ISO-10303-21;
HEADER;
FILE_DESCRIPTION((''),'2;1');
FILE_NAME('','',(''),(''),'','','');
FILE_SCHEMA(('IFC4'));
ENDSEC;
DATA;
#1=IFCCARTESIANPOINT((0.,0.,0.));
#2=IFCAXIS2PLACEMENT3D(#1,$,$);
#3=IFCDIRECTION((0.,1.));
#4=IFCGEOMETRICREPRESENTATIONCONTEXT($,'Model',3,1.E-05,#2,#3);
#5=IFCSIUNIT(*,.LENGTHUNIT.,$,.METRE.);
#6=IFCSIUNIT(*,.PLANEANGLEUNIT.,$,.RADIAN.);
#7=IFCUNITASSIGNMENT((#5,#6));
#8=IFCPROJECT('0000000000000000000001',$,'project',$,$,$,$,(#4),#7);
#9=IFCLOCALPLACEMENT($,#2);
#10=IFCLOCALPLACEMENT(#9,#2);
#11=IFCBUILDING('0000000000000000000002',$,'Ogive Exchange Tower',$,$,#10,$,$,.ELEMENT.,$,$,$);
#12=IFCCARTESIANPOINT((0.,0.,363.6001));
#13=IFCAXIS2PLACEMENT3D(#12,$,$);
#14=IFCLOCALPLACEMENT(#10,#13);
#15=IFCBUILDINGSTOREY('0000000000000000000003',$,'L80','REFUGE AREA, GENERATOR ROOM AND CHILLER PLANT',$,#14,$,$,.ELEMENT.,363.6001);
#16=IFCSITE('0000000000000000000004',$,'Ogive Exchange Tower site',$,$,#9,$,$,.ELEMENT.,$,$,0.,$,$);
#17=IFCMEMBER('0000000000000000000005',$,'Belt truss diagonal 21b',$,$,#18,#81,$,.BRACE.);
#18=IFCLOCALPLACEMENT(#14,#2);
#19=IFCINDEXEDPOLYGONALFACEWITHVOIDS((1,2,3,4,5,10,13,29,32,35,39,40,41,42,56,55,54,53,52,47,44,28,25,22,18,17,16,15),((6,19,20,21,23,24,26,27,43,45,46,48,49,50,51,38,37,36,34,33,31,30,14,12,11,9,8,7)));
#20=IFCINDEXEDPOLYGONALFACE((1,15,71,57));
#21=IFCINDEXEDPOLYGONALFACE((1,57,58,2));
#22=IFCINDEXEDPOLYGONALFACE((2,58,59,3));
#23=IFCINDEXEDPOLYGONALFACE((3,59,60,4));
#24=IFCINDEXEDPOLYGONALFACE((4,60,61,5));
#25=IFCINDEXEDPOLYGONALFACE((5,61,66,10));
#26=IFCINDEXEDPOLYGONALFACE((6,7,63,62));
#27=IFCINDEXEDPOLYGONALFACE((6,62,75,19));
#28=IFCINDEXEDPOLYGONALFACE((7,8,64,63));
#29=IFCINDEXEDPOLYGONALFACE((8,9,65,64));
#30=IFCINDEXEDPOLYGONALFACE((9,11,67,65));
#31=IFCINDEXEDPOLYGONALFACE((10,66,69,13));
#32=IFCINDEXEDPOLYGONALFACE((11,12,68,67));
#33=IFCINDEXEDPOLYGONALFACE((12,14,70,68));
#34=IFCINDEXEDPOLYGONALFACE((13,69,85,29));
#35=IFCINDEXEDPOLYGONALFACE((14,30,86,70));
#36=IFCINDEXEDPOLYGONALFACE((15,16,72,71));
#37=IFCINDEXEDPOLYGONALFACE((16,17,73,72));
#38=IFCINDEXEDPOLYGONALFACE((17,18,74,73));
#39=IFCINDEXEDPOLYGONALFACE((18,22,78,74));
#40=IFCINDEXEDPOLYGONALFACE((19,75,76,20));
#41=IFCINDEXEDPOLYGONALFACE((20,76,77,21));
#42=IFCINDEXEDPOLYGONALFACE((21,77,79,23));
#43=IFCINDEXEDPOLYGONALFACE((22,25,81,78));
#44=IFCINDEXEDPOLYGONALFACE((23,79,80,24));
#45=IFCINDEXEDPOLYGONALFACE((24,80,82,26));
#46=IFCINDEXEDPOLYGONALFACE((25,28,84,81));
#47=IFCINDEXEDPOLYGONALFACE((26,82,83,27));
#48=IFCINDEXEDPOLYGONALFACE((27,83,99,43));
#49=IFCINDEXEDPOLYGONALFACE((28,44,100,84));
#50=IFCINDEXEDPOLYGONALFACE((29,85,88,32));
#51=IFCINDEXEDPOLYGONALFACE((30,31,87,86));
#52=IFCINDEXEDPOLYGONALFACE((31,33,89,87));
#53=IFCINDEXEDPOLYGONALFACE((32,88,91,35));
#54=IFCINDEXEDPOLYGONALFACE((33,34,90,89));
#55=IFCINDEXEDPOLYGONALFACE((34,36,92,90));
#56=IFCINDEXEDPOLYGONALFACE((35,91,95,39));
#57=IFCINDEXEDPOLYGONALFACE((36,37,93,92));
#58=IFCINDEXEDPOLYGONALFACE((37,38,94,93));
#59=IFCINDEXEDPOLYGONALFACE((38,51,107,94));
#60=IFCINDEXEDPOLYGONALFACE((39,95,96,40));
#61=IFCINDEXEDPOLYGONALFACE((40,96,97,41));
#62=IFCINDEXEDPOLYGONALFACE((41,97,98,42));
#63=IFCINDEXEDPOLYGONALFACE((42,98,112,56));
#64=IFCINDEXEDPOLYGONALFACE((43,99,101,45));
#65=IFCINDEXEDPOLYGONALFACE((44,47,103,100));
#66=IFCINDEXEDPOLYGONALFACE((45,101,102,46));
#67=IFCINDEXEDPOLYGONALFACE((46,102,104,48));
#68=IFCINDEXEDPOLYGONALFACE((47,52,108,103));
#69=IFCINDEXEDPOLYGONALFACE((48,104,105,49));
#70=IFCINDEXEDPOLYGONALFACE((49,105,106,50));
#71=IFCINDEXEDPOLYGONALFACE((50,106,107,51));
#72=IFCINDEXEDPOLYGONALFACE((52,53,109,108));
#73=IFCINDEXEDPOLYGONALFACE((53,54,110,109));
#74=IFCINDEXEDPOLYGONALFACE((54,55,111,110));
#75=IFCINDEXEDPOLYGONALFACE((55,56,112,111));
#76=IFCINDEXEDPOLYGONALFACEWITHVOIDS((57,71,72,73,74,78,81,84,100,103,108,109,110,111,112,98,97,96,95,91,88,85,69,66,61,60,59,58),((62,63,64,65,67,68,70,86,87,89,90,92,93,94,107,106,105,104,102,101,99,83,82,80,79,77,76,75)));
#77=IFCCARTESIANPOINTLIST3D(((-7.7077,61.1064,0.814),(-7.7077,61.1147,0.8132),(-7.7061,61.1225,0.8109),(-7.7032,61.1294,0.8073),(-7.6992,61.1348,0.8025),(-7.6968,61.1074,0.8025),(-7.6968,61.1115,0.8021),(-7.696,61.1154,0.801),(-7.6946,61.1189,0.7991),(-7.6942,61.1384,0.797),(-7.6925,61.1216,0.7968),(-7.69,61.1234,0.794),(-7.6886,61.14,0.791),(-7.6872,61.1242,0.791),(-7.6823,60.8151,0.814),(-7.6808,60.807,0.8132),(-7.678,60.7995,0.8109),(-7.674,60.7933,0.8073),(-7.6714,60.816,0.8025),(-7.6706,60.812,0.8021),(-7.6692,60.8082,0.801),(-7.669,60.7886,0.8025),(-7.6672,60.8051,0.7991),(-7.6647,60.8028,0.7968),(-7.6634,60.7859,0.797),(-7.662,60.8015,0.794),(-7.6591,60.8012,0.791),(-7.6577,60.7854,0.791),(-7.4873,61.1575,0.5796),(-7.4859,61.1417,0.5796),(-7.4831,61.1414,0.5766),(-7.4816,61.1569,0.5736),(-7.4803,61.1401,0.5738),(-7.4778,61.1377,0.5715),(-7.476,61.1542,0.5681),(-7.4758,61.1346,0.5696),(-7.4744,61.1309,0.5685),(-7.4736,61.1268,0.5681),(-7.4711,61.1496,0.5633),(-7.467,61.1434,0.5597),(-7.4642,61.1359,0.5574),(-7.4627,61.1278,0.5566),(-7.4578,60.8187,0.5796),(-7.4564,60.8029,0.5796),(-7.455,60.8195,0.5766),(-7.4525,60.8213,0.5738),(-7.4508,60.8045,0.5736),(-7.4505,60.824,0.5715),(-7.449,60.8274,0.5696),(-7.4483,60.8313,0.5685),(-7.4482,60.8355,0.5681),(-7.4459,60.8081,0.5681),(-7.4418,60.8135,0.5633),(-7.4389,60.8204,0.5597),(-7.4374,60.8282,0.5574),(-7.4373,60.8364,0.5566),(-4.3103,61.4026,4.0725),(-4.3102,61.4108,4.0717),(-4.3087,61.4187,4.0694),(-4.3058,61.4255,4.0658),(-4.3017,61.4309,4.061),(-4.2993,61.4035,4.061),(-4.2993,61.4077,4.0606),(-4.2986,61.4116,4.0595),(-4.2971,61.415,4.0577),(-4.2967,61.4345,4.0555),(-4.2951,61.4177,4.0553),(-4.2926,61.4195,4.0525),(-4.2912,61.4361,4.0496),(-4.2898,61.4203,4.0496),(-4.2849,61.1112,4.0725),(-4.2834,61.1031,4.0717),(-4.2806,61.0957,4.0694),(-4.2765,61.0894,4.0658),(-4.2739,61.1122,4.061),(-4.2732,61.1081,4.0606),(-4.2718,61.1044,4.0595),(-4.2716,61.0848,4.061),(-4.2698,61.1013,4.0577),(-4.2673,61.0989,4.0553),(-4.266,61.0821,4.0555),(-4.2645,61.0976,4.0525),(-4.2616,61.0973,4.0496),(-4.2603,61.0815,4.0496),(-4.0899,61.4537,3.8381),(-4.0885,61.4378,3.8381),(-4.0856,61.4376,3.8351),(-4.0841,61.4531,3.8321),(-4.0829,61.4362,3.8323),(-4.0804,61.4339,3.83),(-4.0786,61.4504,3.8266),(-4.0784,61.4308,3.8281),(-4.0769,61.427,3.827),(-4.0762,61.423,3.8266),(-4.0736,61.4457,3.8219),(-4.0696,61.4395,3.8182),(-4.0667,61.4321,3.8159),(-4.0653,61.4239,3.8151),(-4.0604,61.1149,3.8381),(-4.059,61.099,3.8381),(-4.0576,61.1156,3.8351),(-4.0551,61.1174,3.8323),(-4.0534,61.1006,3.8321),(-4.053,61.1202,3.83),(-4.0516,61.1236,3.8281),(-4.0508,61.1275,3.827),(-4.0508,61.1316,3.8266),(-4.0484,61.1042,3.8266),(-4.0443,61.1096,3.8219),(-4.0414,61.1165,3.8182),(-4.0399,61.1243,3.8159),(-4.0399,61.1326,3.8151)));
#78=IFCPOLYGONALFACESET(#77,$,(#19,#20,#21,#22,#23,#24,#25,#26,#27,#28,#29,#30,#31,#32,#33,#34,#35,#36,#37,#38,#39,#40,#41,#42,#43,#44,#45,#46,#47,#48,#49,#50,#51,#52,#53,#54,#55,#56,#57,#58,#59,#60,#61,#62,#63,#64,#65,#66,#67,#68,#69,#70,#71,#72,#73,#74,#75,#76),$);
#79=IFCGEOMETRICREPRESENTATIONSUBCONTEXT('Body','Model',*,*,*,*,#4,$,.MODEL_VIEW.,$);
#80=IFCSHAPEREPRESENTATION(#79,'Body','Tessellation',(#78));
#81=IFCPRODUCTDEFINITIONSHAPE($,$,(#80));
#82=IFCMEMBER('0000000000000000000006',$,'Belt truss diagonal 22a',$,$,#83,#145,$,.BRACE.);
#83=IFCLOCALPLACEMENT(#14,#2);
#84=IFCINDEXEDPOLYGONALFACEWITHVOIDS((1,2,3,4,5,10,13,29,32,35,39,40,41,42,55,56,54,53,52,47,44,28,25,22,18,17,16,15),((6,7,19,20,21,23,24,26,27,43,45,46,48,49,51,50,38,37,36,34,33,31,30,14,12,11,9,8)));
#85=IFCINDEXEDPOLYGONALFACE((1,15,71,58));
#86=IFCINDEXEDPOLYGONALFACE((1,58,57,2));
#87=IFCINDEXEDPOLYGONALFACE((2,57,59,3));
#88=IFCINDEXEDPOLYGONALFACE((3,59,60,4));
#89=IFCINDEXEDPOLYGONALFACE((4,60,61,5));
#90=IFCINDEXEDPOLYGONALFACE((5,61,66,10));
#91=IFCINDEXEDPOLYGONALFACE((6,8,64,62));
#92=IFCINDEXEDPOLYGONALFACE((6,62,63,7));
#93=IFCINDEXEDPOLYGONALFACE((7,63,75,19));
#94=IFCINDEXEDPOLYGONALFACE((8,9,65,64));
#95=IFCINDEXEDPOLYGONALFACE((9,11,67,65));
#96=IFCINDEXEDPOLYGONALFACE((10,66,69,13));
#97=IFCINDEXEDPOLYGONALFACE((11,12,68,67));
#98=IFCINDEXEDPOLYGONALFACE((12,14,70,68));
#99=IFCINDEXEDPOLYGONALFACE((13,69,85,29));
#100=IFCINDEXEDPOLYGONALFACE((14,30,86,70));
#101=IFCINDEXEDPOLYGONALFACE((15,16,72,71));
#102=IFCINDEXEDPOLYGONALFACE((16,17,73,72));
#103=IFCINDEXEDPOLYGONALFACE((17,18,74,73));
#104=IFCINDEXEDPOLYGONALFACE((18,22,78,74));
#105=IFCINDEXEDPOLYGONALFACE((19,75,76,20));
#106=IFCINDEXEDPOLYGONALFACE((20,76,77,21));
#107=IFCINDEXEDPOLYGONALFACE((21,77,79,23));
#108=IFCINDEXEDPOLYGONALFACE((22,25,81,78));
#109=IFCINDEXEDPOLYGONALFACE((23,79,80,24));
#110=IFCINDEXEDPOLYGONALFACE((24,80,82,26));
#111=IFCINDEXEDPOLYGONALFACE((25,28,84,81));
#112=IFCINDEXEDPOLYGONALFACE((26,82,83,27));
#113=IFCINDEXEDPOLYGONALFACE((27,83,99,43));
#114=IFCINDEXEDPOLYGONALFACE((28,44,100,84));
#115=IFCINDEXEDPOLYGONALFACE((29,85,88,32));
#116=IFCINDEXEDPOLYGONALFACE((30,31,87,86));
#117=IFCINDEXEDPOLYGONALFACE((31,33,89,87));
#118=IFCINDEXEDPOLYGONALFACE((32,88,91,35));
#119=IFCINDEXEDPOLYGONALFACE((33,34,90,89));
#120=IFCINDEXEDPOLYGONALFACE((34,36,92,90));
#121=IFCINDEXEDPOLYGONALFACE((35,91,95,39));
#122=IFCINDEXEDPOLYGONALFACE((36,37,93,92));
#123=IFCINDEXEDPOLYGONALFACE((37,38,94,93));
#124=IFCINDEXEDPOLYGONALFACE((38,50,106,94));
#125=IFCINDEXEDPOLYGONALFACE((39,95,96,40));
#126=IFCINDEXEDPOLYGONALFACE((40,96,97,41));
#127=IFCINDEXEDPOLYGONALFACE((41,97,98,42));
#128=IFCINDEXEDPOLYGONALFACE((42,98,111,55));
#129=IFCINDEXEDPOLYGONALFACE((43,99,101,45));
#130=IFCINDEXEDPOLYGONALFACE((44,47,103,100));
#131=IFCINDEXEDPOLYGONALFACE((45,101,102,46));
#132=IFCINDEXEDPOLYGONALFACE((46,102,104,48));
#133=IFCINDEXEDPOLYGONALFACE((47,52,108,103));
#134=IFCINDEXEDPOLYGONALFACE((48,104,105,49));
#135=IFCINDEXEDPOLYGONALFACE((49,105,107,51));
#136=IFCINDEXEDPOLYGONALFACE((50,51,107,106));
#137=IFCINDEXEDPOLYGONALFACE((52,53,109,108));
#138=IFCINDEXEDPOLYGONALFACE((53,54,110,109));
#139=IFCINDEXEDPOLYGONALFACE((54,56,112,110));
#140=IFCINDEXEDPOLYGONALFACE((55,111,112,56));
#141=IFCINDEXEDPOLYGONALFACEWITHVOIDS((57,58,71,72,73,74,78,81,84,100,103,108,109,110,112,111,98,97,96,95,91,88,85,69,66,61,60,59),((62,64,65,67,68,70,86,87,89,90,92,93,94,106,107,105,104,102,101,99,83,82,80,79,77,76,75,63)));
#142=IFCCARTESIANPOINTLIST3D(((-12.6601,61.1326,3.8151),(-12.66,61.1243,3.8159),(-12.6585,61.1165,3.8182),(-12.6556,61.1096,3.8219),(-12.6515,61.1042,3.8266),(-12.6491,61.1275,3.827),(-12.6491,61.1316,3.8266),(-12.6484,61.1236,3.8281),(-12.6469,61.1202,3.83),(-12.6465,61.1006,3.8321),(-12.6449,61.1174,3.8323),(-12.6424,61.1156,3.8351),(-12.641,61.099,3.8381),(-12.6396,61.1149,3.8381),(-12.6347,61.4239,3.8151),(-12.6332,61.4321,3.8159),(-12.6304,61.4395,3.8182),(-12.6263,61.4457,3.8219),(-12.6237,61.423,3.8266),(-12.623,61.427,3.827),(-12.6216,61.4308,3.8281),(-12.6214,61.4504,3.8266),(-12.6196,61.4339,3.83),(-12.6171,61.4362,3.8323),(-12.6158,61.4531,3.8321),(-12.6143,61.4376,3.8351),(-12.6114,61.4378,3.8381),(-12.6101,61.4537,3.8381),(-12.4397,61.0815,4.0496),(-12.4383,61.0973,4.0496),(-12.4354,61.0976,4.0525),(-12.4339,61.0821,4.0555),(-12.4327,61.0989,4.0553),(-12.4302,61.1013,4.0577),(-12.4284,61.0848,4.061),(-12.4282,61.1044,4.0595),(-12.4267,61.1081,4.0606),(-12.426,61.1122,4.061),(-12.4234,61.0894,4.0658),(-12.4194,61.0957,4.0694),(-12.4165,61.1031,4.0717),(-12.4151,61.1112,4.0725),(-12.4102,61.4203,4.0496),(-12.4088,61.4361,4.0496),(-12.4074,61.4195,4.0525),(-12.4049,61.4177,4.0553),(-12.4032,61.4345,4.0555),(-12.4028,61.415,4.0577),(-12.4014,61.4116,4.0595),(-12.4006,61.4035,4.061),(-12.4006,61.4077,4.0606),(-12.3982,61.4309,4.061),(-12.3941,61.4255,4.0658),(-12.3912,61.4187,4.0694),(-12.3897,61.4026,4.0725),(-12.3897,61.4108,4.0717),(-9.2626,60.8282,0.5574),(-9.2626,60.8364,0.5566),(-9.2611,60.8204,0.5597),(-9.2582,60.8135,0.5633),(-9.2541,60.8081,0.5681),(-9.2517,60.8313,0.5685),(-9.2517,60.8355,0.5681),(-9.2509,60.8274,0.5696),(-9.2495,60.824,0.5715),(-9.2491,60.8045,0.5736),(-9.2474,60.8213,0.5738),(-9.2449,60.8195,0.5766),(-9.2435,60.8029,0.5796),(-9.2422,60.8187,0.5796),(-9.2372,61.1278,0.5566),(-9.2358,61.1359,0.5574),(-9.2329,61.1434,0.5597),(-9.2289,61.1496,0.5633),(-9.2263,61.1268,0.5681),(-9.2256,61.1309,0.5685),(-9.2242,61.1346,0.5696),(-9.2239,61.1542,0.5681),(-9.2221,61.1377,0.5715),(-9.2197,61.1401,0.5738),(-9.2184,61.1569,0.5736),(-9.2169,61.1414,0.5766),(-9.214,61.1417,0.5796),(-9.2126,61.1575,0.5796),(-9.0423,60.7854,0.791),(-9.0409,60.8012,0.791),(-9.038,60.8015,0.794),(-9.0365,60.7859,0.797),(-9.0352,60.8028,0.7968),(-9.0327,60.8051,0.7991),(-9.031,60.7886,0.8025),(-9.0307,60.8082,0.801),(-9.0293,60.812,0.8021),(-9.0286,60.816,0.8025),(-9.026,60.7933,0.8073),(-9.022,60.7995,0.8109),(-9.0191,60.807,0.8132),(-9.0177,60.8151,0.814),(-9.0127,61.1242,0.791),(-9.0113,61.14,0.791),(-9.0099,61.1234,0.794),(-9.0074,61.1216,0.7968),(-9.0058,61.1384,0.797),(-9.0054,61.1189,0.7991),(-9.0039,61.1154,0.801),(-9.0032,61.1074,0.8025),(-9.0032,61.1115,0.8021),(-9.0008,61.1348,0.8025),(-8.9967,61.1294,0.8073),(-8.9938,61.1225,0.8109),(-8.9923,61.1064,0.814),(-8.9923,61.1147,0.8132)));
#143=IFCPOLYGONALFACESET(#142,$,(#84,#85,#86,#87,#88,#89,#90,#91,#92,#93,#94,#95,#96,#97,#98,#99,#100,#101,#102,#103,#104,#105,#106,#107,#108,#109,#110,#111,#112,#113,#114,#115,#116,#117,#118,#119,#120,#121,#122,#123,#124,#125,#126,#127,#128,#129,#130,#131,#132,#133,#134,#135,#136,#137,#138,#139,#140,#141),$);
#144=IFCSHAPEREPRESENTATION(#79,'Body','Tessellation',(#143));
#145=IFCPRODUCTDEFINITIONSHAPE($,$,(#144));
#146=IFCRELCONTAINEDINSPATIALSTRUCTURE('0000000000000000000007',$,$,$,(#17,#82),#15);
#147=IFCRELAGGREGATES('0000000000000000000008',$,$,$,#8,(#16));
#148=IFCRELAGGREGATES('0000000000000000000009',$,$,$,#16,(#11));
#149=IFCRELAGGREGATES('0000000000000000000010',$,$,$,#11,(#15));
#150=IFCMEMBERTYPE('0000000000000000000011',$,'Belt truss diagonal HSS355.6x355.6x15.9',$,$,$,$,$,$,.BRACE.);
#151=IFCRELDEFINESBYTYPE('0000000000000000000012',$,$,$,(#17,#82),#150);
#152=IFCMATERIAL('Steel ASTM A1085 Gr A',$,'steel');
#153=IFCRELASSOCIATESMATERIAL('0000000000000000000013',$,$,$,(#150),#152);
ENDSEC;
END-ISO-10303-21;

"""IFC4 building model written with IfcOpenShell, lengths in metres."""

from ifc_helpers import new_model, si_unit, direction, frame, origin, origin_2d, place, context, subcontext, project, spatial, hollow_rectangle, extrude, material, material_profile, profile_set, type_object, element, save


model = new_model("IFC4")

# Units and contexts
model_context = context("Model", 3, precision=1e-05, world=origin(), true_north=direction((0.0, 1.0)))
body_context = subcontext(model_context, "Body", "Model", "MODEL_VIEW")
ifc_project = project(units=[si_unit("LENGTHUNIT", "METRE"), si_unit("PLANEANGLEUNIT", "RADIAN")], contexts=[model_context])

# Site, building, storey
site_placement = place(None, origin())
site = spatial("IfcSite", under=ifc_project, at=site_placement, Name="Ogive Exchange Tower site", CompositionType="ELEMENT", RefElevation=0.0)
building_placement = place(site_placement, origin())
building = spatial("IfcBuilding", under=site, at=building_placement, Name="Ogive Exchange Tower", CompositionType="ELEMENT")
storey_placement = place(building_placement, frame((0.0, 0.0, 363.6001)))
storey = spatial("IfcBuildingStorey", under=building, at=storey_placement, Name="L80", Description="REFUGE AREA, GENERATOR ROOM AND CHILLER PLANT", CompositionType="ELEMENT", Elevation=363.6001)

# Members
ifc_material_1 = material(Name="Steel ASTM A1085 Gr A", Category="steel")
ifc_material_profile_1 = material_profile(ifc_material_1, hollow_rectangle(XDim=0.356, YDim=0.356, WallThickness=0.0159, InnerFilletRadius=0.0159, OuterFilletRadius=0.0317, at=origin_2d()), Name="HSS355.6x355.6x15.9")
ifc_profile_set_1 = profile_set([ifc_material_profile_1], Name="Steel ASTM A1085 Gr A")
member_type = type_object("IfcMemberType", Name="Belt truss diagonal HSS355.6x355.6x15.9", PredefinedType="BRACE", material=ifc_profile_set_1)
for number, where, z_axis, x_axis, name in (
    (1, (-7.5725, 60.9714, 0.6853), (0.720284, 0.062784, 0.690833), (-0.086837, 0.996223, 0.0), "Belt truss diagonal 21b"),
    (2, (-9.1274, 60.9714, 0.6853), (-0.720284, 0.062784, 0.690833), (-0.086837, -0.996223, 0.0), "Belt truss diagonal 22a"),
):
    element("IfcMember", number, at=place(storey_placement, frame(where, z_axis=z_axis, x_axis=x_axis)), inside=storey, type_object=member_type, Name=name, PredefinedType="BRACE", context=body_context, shape_type="SweptSolid", body=[
        extrude(hollow_rectangle(XDim=0.356, YDim=0.356, WallThickness=0.0159, InnerFilletRadius=0.0159, OuterFilletRadius=0.0317, at=origin_2d()), origin(), (0.0, 0.0, 1.0), 4.7168),
    ])

save(model, "model.ifc")
